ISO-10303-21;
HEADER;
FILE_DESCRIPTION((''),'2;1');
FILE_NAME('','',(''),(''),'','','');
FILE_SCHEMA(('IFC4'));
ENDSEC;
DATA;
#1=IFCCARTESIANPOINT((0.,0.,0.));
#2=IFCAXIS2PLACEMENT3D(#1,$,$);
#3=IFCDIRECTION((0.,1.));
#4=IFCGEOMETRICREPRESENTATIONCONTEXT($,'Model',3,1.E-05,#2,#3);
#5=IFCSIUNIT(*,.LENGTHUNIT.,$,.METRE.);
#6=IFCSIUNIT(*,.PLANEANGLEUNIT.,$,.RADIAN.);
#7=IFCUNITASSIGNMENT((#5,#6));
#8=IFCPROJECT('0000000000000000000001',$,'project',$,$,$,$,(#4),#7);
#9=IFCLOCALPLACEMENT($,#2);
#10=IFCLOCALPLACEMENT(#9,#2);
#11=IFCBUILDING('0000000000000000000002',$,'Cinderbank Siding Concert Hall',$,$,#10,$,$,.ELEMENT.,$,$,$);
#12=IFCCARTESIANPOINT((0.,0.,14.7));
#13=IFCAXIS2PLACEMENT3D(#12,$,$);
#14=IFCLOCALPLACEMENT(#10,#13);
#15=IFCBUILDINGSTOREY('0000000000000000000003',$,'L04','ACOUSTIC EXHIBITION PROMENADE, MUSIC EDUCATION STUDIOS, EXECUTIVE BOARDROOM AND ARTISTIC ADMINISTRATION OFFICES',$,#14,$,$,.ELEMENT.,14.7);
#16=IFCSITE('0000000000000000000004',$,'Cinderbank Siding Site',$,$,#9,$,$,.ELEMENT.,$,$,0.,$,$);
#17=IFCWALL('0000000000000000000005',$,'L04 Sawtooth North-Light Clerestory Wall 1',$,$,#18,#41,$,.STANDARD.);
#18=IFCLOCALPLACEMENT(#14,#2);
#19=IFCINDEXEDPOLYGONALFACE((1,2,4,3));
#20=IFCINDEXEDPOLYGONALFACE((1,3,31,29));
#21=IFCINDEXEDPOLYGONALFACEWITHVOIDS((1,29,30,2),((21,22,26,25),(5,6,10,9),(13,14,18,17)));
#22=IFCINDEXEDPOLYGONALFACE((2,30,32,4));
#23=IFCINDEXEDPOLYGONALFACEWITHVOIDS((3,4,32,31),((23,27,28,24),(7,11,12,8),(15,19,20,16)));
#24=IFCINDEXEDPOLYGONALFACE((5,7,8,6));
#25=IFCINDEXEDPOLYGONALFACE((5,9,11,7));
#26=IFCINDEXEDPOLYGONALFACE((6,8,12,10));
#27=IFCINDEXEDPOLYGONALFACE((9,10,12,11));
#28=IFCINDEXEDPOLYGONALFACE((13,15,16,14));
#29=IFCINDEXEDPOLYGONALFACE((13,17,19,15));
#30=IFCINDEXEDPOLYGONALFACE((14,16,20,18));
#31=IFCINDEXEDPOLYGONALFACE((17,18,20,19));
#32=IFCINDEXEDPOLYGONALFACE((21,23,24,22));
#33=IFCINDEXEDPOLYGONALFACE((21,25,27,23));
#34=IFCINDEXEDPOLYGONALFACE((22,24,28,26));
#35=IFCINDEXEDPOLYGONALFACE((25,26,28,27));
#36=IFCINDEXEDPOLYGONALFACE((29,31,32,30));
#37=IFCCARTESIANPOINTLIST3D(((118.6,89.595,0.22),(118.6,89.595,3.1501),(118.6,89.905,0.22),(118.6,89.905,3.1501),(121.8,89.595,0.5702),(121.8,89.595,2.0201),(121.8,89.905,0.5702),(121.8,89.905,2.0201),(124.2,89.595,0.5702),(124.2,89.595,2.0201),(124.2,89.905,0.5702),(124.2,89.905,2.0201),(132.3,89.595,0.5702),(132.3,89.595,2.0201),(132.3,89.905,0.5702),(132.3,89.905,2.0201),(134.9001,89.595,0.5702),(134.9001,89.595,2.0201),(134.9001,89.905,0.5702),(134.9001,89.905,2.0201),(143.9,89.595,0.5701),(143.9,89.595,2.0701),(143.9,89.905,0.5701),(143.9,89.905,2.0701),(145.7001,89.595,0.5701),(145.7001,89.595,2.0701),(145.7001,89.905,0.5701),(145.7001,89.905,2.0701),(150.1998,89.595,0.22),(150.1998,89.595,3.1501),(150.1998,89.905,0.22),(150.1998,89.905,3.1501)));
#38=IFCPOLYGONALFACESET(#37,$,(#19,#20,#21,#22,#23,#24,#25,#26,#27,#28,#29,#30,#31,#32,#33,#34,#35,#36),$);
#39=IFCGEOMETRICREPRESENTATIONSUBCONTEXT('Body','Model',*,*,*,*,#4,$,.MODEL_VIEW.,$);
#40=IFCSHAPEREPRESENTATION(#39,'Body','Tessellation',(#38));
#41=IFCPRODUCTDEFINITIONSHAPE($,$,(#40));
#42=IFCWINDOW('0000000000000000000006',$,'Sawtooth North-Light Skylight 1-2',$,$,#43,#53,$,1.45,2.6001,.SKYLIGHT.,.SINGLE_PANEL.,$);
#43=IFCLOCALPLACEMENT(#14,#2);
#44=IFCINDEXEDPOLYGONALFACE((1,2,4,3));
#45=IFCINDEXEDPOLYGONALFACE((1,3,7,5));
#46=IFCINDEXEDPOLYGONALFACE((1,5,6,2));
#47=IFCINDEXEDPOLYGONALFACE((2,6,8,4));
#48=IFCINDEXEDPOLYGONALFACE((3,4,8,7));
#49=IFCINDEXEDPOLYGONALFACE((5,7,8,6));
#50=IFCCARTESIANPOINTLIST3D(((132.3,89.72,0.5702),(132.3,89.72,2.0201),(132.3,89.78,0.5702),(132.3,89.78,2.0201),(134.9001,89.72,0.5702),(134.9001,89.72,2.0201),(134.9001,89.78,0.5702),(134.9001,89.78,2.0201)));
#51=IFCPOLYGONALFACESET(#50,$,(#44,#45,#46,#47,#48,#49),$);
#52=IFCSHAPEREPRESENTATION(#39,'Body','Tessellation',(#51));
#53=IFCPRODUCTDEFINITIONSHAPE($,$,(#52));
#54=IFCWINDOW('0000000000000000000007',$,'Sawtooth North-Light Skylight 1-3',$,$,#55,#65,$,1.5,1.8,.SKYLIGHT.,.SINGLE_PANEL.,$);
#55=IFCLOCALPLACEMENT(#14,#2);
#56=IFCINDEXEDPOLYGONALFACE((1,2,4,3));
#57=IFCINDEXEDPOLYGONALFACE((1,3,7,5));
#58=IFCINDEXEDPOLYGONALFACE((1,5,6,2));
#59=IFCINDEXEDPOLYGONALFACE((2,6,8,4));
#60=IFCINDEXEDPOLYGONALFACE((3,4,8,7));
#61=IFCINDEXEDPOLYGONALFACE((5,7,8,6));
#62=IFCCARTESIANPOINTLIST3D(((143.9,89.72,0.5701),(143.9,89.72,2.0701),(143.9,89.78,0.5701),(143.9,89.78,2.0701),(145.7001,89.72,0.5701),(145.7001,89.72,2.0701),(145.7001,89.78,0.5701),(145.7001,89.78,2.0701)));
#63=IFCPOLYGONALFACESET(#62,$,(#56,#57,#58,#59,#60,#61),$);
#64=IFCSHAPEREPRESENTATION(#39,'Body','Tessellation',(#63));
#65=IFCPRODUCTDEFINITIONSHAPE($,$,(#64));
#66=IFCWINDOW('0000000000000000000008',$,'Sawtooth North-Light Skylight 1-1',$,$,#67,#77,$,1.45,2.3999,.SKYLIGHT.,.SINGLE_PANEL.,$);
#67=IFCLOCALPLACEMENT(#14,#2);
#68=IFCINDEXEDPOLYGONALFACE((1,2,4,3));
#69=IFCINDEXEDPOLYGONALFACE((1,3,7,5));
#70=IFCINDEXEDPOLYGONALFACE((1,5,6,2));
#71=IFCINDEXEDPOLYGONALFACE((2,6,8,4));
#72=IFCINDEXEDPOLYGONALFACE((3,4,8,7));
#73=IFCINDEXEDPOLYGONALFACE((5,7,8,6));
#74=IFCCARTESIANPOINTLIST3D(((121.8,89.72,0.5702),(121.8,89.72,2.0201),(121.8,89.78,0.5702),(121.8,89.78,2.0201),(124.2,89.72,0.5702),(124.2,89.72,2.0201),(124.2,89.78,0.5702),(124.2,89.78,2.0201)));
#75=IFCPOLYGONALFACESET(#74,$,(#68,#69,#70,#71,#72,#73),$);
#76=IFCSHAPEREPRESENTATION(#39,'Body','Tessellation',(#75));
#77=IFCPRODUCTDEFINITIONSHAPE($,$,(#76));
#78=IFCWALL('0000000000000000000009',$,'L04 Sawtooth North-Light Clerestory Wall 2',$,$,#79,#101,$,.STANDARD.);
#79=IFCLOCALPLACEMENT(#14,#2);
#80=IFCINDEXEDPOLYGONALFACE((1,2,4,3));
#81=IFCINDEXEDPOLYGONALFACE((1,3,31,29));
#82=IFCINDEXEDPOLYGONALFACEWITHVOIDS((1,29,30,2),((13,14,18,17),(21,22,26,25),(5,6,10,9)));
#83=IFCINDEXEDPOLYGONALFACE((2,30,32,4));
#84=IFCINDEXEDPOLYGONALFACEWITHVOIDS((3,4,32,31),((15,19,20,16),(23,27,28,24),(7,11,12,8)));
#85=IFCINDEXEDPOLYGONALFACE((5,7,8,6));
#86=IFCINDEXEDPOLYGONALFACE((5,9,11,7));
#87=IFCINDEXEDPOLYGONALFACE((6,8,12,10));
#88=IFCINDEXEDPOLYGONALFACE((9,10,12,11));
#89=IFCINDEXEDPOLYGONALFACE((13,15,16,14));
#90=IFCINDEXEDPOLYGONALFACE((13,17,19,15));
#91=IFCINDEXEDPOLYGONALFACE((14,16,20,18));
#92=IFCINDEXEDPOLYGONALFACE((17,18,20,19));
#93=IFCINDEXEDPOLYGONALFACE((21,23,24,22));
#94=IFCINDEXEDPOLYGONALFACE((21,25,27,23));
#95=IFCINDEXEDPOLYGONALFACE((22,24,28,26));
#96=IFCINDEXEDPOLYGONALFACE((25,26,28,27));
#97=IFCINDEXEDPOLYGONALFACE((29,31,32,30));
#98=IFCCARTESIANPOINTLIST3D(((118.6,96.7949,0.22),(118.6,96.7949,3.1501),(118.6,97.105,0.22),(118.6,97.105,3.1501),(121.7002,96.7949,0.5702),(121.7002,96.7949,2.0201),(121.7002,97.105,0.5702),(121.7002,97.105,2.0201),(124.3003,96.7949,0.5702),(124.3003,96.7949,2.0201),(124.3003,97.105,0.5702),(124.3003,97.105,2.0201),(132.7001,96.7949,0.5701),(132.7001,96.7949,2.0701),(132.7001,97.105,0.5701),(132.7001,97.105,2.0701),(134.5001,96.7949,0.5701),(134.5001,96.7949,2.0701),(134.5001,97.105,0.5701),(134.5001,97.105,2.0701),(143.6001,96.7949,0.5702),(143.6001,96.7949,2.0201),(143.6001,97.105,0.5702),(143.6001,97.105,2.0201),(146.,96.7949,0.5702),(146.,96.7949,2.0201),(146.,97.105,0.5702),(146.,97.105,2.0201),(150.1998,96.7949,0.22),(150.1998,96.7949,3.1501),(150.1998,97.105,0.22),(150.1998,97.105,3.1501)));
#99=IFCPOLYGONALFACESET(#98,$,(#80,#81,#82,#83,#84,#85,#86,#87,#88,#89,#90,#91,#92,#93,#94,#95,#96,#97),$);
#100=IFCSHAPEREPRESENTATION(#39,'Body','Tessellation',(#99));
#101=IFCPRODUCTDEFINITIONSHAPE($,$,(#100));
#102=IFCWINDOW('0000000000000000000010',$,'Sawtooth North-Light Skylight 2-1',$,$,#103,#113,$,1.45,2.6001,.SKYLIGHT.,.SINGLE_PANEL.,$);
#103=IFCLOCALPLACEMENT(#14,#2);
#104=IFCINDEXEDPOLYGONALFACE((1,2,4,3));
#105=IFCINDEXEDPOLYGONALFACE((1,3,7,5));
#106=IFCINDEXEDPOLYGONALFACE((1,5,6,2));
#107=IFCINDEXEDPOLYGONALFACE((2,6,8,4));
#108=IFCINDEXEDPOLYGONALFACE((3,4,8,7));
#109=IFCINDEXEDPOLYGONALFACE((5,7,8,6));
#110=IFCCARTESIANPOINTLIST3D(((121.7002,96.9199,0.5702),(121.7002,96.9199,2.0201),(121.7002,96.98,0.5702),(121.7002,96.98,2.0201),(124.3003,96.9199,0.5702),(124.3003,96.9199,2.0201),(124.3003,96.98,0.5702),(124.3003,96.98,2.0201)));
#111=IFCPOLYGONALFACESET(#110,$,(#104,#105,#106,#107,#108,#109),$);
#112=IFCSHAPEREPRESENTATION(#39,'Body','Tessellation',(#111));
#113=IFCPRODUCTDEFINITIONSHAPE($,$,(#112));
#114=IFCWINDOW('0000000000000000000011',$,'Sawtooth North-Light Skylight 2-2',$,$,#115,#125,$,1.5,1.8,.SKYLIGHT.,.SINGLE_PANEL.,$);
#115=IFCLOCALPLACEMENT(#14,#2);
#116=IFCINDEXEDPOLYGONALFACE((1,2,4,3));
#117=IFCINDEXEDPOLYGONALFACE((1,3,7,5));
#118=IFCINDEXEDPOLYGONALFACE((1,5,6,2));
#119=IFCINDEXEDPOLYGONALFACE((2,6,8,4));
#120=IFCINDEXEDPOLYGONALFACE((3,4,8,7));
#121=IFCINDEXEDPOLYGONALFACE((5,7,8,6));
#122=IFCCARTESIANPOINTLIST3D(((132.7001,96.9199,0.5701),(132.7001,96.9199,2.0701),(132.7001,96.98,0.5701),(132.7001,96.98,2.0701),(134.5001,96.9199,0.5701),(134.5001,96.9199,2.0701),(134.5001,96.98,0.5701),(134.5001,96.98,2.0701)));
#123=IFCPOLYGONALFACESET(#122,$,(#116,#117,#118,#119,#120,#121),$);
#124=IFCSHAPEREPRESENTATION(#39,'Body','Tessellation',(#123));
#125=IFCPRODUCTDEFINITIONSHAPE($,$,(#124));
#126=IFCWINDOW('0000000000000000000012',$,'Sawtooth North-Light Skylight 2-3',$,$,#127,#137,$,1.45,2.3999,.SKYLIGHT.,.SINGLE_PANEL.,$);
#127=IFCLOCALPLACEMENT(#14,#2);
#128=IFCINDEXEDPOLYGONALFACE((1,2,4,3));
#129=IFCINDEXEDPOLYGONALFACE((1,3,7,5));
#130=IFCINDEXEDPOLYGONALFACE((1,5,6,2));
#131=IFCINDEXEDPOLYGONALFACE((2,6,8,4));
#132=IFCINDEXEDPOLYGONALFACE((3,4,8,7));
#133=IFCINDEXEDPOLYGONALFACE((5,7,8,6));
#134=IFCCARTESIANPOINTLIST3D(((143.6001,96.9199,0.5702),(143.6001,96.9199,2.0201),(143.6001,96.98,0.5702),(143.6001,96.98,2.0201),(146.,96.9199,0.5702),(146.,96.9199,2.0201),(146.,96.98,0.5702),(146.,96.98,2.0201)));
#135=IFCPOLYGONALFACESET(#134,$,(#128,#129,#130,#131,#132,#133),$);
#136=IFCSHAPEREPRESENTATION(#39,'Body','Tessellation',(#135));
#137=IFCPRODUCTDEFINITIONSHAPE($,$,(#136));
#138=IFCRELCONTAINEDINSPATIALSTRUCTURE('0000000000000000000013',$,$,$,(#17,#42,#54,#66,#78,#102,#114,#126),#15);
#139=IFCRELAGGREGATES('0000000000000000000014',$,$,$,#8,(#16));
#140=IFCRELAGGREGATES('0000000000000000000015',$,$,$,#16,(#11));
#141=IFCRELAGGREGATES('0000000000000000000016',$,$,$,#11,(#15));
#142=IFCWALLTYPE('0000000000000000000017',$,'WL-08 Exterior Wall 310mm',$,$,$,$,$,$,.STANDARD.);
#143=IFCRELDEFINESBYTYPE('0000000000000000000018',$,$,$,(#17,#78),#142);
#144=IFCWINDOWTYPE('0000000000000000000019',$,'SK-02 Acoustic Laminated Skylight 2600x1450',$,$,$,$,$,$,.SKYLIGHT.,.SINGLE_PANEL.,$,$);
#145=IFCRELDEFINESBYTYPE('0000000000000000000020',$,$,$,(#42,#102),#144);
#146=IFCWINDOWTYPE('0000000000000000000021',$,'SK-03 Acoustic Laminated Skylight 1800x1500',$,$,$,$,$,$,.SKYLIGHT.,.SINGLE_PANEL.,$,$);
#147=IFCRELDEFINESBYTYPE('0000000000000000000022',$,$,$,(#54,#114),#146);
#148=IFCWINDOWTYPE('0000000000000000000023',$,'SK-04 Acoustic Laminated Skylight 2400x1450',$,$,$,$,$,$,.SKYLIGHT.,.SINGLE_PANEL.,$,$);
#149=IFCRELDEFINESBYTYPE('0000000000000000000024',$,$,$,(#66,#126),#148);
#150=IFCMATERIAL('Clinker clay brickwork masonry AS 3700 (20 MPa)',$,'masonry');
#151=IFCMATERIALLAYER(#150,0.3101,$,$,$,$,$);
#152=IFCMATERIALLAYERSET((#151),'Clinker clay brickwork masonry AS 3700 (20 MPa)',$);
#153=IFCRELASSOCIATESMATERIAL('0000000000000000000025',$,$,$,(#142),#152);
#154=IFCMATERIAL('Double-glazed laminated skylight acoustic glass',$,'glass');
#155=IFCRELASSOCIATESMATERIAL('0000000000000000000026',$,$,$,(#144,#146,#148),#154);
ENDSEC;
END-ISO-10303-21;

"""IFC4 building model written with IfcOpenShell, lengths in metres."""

from ifc_helpers import new_model, si_unit, direction, frame, frame_2d, origin, place, context, subcontext, project, spatial, rectangle, extrude, material, layer, layer_set, type_object, element, fill, save


model = new_model("IFC4")

# Units and contexts
model_context = context("Model", 3, precision=1e-05, world=origin(), true_north=direction((0.0, 1.0)))
body_context = subcontext(model_context, "Body", "Model", "MODEL_VIEW")
ifc_project = project(units=[si_unit("LENGTHUNIT", "METRE"), si_unit("PLANEANGLEUNIT", "RADIAN")], contexts=[model_context])

# Site, building, storey
site_placement = place(None, origin())
site = spatial("IfcSite", under=ifc_project, at=site_placement, Name="Cinderbank Siding Site", CompositionType="ELEMENT", RefElevation=0.0)
building_placement = place(site_placement, origin())
building = spatial("IfcBuilding", under=site, at=building_placement, Name="Cinderbank Siding Concert Hall", CompositionType="ELEMENT")
storey_placement = place(building_placement, frame((0.0, 0.0, 14.7)))
storey = spatial("IfcBuildingStorey", under=building, at=storey_placement, Name="L04", Description="ACOUSTIC EXHIBITION PROMENADE, MUSIC EDUCATION STUDIOS, EXECUTIVE BOARDROOM AND ARTISTIC ADMINISTRATION OFFICES", CompositionType="ELEMENT", Elevation=14.7)

# Walls, openings, windows
ifc_material_1 = material(Name="Clinker clay brickwork masonry AS 3700 (20 MPa)", Category="masonry")
ifc_layer_1 = layer(ifc_material_1, 0.3101)
ifc_layer_set_1 = layer_set([ifc_layer_1], Name="Clinker clay brickwork masonry AS 3700 (20 MPa)")
wall_type = type_object("IfcWallType", Name="WL-08 Exterior Wall 310mm", PredefinedType="STANDARD", material=ifc_layer_set_1)
wall_1_placement = place(storey_placement, frame((118.6001, 89.75, 0.22), z_axis=(0.0, 0.0, 1.0), x_axis=(1.0, 0.0, 0.0)))
wall_1 = element("IfcWall", 1, at=wall_1_placement, inside=storey, type_object=wall_type, Name="L04 Sawtooth North-Light Clerestory Wall 1", PredefinedType="STANDARD", context=body_context, shape_type="SweptSolid", body=[
    extrude(rectangle(XDim=31.5999, YDim=0.3101, at=frame_2d((15.7998, 0.0))), origin(), (0.0, 0.0, 1.0), 2.9302),
])
opening_1_placement = place(wall_1_placement, frame((3.2, 0.0, 0.3501)))
opening_1 = element("IfcOpeningElement", 2, at=opening_1_placement, cuts=wall_1, PredefinedType="OPENING", context=body_context, shape_type="SweptSolid", body=[
    extrude(rectangle(XDim=2.3999, YDim=1.45, at=frame_2d((1.2, 0.7251))), frame((0.0, 0.167, 0.0), z_axis=(0.0, -1.0, 0.0), x_axis=(1.0, 0.0, 0.0)), (0.0, 0.0, 1.0), 0.334),
])
opening_2_placement = place(wall_1_placement, frame((13.7, 0.0, 0.3501)))
opening_2 = element("IfcOpeningElement", 3, at=opening_2_placement, cuts=wall_1, PredefinedType="OPENING", context=body_context, shape_type="SweptSolid", body=[
    extrude(rectangle(XDim=2.6001, YDim=1.45, at=frame_2d((1.3, 0.7251))), frame((0.0, 0.167, 0.0), z_axis=(0.0, -1.0, 0.0), x_axis=(1.0, 0.0, 0.0)), (0.0, 0.0, 1.0), 0.334),
])
opening_3_placement = place(wall_1_placement, frame((25.3, 0.0, 0.3501)))
opening_3 = element("IfcOpeningElement", 4, at=opening_3_placement, cuts=wall_1, PredefinedType="OPENING", context=body_context, shape_type="SweptSolid", body=[
    extrude(rectangle(XDim=1.8, YDim=1.5, at=frame_2d((0.8999, 0.75))), frame((0.0, 0.167, 0.0), z_axis=(0.0, -1.0, 0.0), x_axis=(1.0, 0.0, 0.0)), (0.0, 0.0, 1.0), 0.334),
])
ifc_material_2 = material(Name="Double-glazed laminated skylight acoustic glass", Category="glass")
window_type_1 = type_object("IfcWindowType", Name="SK-02 Acoustic Laminated Skylight 2600x1450", PartitioningType="SINGLE_PANEL", PredefinedType="SKYLIGHT", material=ifc_material_2)
window_1_placement = place(opening_2_placement, origin())
window_1 = element("IfcWindow", 5, at=window_1_placement, inside=storey, type_object=window_type_1, Name="Sawtooth North-Light Skylight 1-2", OverallHeight=1.45, OverallWidth=2.6001, PartitioningType="SINGLE_PANEL", PredefinedType="SKYLIGHT", context=body_context, shape_type="SweptSolid", body=[
    extrude(rectangle(XDim=2.6001, YDim=1.45, at=frame_2d((1.3, 0.7251))), frame((0.0, 0.03, 0.0), z_axis=(0.0, -1.0, 0.0), x_axis=(1.0, 0.0, 0.0)), (0.0, 0.0, 1.0), 0.0601),
])
fill(opening_2, window_1)
window_type_2 = type_object("IfcWindowType", Name="SK-03 Acoustic Laminated Skylight 1800x1500", PartitioningType="SINGLE_PANEL", PredefinedType="SKYLIGHT", material=ifc_material_2)
window_2_placement = place(opening_3_placement, origin())
window_2 = element("IfcWindow", 6, at=window_2_placement, inside=storey, type_object=window_type_2, Name="Sawtooth North-Light Skylight 1-3", OverallHeight=1.5, OverallWidth=1.8, PartitioningType="SINGLE_PANEL", PredefinedType="SKYLIGHT", context=body_context, shape_type="SweptSolid", body=[
    extrude(rectangle(XDim=1.8, YDim=1.5, at=frame_2d((0.8999, 0.75))), frame((0.0, 0.03, 0.0), z_axis=(0.0, -1.0, 0.0), x_axis=(1.0, 0.0, 0.0)), (0.0, 0.0, 1.0), 0.0601),
])
fill(opening_3, window_2)
window_type_3 = type_object("IfcWindowType", Name="SK-04 Acoustic Laminated Skylight 2400x1450", PartitioningType="SINGLE_PANEL", PredefinedType="SKYLIGHT", material=ifc_material_2)
window_3_placement = place(opening_1_placement, origin())
window_3 = element("IfcWindow", 7, at=window_3_placement, inside=storey, type_object=window_type_3, Name="Sawtooth North-Light Skylight 1-1", OverallHeight=1.45, OverallWidth=2.3999, PartitioningType="SINGLE_PANEL", PredefinedType="SKYLIGHT", context=body_context, shape_type="SweptSolid", body=[
    extrude(rectangle(XDim=2.3999, YDim=1.45, at=frame_2d((1.2, 0.7251))), frame((0.0, 0.03, 0.0), z_axis=(0.0, -1.0, 0.0), x_axis=(1.0, 0.0, 0.0)), (0.0, 0.0, 1.0), 0.0601),
])
fill(opening_1, window_3)
wall_2_placement = place(storey_placement, frame((118.6001, 96.95, 0.22), z_axis=(0.0, 0.0, 1.0), x_axis=(1.0, 0.0, 0.0)))
wall_2 = element("IfcWall", 8, at=wall_2_placement, inside=storey, type_object=wall_type, Name="L04 Sawtooth North-Light Clerestory Wall 2", PredefinedType="STANDARD", context=body_context, shape_type="SweptSolid", body=[
    extrude(rectangle(XDim=31.5999, YDim=0.3101, at=frame_2d((15.7998, 0.0))), origin(), (0.0, 0.0, 1.0), 2.9302),
])
opening_4_placement = place(wall_2_placement, frame((3.1001, 0.0, 0.3501)))
opening_4 = element("IfcOpeningElement", 9, at=opening_4_placement, cuts=wall_2, PredefinedType="OPENING", context=body_context, shape_type="SweptSolid", body=[
    extrude(rectangle(XDim=2.6001, YDim=1.45, at=frame_2d((1.3, 0.7251))), frame((0.0, 0.167, 0.0), z_axis=(0.0, -1.0, 0.0), x_axis=(1.0, 0.0, 0.0)), (0.0, 0.0, 1.0), 0.334),
])
opening_5_placement = place(wall_2_placement, frame((14.1001, 0.0, 0.3501)))
opening_5 = element("IfcOpeningElement", 10, at=opening_5_placement, cuts=wall_2, PredefinedType="OPENING", context=body_context, shape_type="SweptSolid", body=[
    extrude(rectangle(XDim=1.8, YDim=1.5, at=frame_2d((0.8999, 0.75))), frame((0.0, 0.167, 0.0), z_axis=(0.0, -1.0, 0.0), x_axis=(1.0, 0.0, 0.0)), (0.0, 0.0, 1.0), 0.334),
])
opening_6_placement = place(wall_2_placement, frame((25.0, 0.0, 0.3501)))
opening_6 = element("IfcOpeningElement", 11, at=opening_6_placement, cuts=wall_2, PredefinedType="OPENING", context=body_context, shape_type="SweptSolid", body=[
    extrude(rectangle(XDim=2.3999, YDim=1.45, at=frame_2d((1.2, 0.7251))), frame((0.0, 0.167, 0.0), z_axis=(0.0, -1.0, 0.0), x_axis=(1.0, 0.0, 0.0)), (0.0, 0.0, 1.0), 0.334),
])
window_4_placement = place(opening_4_placement, origin())
window_4 = element("IfcWindow", 12, at=window_4_placement, inside=storey, type_object=window_type_1, Name="Sawtooth North-Light Skylight 2-1", OverallHeight=1.45, OverallWidth=2.6001, PartitioningType="SINGLE_PANEL", PredefinedType="SKYLIGHT", context=body_context, shape_type="SweptSolid", body=[
    extrude(rectangle(XDim=2.6001, YDim=1.45, at=frame_2d((1.3, 0.7251))), frame((0.0, 0.03, 0.0), z_axis=(0.0, -1.0, 0.0), x_axis=(1.0, 0.0, 0.0)), (0.0, 0.0, 1.0), 0.0601),
])
fill(opening_4, window_4)
window_5_placement = place(opening_5_placement, origin())
window_5 = element("IfcWindow", 13, at=window_5_placement, inside=storey, type_object=window_type_2, Name="Sawtooth North-Light Skylight 2-2", OverallHeight=1.5, OverallWidth=1.8, PartitioningType="SINGLE_PANEL", PredefinedType="SKYLIGHT", context=body_context, shape_type="SweptSolid", body=[
    extrude(rectangle(XDim=1.8, YDim=1.5, at=frame_2d((0.8999, 0.75))), frame((0.0, 0.03, 0.0), z_axis=(0.0, -1.0, 0.0), x_axis=(1.0, 0.0, 0.0)), (0.0, 0.0, 1.0), 0.0601),
])
fill(opening_5, window_5)
window_6_placement = place(opening_6_placement, origin())
window_6 = element("IfcWindow", 14, at=window_6_placement, inside=storey, type_object=window_type_3, Name="Sawtooth North-Light Skylight 2-3", OverallHeight=1.45, OverallWidth=2.3999, PartitioningType="SINGLE_PANEL", PredefinedType="SKYLIGHT", context=body_context, shape_type="SweptSolid", body=[
    extrude(rectangle(XDim=2.3999, YDim=1.45, at=frame_2d((1.2, 0.7251))), frame((0.0, 0.03, 0.0), z_axis=(0.0, -1.0, 0.0), x_axis=(1.0, 0.0, 0.0)), (0.0, 0.0, 1.0), 0.0601),
])
fill(opening_6, window_6)

save(model, "model.ifc")
